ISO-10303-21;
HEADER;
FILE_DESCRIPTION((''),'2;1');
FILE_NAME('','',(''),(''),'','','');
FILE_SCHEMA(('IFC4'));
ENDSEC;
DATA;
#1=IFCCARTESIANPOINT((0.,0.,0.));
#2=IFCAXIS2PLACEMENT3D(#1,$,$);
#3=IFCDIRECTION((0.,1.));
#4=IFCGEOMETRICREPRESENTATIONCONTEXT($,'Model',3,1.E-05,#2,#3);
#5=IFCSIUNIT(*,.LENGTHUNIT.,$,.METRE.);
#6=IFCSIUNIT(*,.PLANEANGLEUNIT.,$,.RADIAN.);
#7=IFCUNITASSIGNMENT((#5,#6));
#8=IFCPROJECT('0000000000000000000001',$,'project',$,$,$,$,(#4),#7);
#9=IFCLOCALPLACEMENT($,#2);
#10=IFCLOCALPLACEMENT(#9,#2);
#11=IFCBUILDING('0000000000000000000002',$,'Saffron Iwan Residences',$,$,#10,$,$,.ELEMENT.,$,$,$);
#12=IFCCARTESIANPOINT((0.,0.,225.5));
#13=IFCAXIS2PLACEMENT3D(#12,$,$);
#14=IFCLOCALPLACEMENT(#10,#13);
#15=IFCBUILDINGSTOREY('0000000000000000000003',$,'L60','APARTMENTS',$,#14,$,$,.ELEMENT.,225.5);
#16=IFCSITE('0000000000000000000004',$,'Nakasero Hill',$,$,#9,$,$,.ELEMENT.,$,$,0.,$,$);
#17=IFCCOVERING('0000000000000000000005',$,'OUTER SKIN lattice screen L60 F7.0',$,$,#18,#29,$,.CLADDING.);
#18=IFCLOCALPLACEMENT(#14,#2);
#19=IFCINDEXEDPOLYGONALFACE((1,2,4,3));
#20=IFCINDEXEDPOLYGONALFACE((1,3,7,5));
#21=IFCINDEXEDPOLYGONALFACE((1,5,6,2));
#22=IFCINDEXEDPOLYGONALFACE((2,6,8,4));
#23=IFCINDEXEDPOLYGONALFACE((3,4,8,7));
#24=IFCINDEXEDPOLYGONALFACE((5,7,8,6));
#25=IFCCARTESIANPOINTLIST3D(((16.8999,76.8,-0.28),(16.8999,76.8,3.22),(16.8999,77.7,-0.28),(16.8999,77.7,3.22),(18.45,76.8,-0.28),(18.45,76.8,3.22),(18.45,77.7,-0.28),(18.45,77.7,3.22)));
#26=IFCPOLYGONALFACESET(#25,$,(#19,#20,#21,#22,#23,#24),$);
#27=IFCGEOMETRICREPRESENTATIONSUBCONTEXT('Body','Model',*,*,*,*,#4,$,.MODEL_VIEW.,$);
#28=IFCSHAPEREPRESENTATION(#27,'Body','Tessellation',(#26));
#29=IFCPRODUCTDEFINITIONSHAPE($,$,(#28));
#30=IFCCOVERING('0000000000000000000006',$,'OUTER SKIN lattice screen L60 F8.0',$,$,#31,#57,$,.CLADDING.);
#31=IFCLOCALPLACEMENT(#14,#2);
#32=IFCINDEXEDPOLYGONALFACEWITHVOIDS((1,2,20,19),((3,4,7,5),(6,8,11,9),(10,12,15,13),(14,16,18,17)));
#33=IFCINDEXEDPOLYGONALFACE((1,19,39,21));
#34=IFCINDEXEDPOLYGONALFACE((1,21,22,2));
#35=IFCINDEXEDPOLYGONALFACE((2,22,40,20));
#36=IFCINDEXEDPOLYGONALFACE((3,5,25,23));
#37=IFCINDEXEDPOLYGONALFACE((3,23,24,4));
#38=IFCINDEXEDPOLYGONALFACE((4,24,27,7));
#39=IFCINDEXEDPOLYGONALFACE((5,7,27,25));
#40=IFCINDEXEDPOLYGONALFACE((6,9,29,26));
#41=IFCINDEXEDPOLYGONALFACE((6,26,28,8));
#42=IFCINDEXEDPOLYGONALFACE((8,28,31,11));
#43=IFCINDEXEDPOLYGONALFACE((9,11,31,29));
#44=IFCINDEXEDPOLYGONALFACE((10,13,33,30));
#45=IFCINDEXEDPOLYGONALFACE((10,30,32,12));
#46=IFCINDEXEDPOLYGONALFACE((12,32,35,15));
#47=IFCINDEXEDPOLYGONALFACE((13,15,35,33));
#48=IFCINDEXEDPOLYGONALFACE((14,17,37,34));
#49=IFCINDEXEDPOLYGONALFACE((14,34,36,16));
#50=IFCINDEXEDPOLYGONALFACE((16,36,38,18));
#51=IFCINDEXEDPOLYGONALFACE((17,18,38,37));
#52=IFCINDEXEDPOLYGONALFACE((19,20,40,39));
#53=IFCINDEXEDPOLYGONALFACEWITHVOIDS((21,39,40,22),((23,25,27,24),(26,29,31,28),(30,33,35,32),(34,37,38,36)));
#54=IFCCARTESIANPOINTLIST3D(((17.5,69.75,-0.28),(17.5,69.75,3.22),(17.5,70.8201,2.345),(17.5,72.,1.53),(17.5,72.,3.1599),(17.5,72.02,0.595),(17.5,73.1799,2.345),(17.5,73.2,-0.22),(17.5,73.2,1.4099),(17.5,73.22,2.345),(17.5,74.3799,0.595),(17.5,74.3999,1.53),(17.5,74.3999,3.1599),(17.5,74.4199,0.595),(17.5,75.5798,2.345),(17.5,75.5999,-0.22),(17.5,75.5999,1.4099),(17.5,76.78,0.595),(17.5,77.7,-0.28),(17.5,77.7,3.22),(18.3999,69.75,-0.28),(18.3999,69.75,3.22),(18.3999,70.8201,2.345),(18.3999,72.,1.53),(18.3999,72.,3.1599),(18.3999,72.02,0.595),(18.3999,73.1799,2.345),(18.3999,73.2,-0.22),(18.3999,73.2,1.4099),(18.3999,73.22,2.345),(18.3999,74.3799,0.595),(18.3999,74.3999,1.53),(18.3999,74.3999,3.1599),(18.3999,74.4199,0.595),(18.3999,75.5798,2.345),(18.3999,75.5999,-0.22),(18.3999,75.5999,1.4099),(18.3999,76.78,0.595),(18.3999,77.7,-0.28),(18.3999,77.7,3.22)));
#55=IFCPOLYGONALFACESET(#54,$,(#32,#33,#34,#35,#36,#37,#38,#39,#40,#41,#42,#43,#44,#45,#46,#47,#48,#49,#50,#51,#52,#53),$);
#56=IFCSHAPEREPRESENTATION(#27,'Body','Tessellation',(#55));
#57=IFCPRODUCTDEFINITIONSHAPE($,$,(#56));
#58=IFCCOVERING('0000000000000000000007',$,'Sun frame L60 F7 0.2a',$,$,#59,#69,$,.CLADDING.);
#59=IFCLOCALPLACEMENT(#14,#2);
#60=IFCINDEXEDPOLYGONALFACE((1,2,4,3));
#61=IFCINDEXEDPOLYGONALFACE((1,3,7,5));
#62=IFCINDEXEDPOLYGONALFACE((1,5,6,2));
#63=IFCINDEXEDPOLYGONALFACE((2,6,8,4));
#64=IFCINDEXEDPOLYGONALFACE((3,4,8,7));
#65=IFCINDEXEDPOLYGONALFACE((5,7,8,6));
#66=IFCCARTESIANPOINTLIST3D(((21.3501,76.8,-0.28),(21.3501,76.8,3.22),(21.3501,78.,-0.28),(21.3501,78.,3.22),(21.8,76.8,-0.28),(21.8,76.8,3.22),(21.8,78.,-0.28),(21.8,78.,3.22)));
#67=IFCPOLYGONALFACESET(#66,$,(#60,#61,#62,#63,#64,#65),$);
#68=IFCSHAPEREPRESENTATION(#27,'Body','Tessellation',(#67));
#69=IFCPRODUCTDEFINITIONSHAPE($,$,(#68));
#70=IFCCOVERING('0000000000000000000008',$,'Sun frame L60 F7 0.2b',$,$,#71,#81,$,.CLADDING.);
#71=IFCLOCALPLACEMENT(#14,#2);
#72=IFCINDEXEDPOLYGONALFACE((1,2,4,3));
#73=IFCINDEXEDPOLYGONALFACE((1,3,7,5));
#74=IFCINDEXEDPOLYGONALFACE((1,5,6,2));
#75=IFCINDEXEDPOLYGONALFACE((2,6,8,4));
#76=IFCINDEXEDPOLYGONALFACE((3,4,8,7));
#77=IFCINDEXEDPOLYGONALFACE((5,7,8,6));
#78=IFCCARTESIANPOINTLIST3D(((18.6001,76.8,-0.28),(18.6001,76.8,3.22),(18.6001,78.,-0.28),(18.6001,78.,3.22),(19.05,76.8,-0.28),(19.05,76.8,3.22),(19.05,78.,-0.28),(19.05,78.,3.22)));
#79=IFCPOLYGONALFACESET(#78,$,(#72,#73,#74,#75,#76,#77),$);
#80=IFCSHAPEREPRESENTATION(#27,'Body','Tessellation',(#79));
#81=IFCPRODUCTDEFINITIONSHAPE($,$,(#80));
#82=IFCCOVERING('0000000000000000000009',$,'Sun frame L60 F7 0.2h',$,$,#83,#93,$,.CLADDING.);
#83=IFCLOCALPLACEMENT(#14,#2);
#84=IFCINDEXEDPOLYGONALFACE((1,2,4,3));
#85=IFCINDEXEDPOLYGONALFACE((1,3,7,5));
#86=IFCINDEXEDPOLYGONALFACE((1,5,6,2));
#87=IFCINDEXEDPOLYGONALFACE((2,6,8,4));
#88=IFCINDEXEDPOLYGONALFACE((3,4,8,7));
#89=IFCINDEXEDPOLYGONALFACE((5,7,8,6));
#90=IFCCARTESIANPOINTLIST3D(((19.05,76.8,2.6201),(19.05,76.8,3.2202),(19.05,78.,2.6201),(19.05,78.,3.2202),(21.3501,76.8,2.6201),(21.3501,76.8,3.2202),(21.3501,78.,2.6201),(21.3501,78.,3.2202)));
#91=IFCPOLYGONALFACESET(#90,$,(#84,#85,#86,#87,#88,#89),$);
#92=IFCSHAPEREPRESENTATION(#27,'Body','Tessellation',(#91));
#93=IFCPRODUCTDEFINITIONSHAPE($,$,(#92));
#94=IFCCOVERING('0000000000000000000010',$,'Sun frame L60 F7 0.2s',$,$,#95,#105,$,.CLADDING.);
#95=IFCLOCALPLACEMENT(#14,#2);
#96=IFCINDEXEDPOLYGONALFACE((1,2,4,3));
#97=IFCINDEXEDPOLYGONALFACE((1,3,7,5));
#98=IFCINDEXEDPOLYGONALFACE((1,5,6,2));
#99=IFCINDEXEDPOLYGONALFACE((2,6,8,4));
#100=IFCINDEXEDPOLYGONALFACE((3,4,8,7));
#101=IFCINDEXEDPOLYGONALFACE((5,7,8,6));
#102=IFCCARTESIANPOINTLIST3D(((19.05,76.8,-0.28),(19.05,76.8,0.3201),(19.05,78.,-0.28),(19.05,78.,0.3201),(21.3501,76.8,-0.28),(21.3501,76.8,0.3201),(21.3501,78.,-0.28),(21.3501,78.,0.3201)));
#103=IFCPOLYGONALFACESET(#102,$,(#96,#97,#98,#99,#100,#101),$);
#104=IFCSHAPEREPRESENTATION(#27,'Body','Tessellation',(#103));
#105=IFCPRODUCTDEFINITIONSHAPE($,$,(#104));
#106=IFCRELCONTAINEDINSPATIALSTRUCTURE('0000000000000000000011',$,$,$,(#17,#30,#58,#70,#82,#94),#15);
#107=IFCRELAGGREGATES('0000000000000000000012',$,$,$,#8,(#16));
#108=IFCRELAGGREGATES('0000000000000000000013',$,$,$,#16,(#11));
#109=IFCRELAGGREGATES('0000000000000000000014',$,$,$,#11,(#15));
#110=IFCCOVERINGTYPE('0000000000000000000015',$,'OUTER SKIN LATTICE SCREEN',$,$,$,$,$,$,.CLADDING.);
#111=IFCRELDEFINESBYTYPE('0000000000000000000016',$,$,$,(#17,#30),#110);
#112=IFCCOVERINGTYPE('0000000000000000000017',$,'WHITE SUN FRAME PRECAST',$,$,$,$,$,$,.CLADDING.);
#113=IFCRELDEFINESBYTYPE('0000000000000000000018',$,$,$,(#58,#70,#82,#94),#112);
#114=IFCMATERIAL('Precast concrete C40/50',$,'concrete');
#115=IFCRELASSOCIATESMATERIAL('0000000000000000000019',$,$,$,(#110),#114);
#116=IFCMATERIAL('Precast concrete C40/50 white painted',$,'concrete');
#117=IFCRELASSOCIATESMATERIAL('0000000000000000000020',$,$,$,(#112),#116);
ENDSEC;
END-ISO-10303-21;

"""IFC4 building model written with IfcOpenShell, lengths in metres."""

from ifc_helpers import new_model, si_unit, direction, frame, origin, place, context, subcontext, project, spatial, polyline, outline, extrude, material, type_object, element, save


model = new_model("IFC4")

# Units and contexts
model_context = context("Model", 3, precision=1e-05, world=origin(), true_north=direction((0.0, 1.0)))
body_context = subcontext(model_context, "Body", "Model", "MODEL_VIEW")
ifc_project = project(units=[si_unit("LENGTHUNIT", "METRE"), si_unit("PLANEANGLEUNIT", "RADIAN")], contexts=[model_context])

# Site, building, storey
site_placement = place(None, origin())
site = spatial("IfcSite", under=ifc_project, at=site_placement, Name="Nakasero Hill", CompositionType="ELEMENT", RefElevation=0.0)
building_placement = place(site_placement, origin())
building = spatial("IfcBuilding", under=site, at=building_placement, Name="Saffron Iwan Residences", CompositionType="ELEMENT")
storey_placement = place(building_placement, frame((0.0, 0.0, 225.5)))
storey = spatial("IfcBuildingStorey", under=building, at=storey_placement, Name="L60", Description="APARTMENTS", CompositionType="ELEMENT", Elevation=225.5)

# Coverings
ifc_material_1 = material(Name="Precast concrete C40/50", Category="concrete")
covering_type_1 = type_object("IfcCoveringType", Name="OUTER SKIN LATTICE SCREEN", PredefinedType="CLADDING", material=ifc_material_1)
covering_1_placement = place(storey_placement, frame((18.45, 76.8, -0.28), z_axis=(0.0, 1.0, 0.0), x_axis=(-1.0, 0.0, 0.0)))
element("IfcCovering", 1, at=covering_1_placement, inside=storey, type_object=covering_type_1, Name="OUTER SKIN lattice screen L60 F7.0", PredefinedType="CLADDING", context=body_context, shape_type="SweptSolid", body=[
    extrude(outline(polyline([(0.0, 0.0), (1.55, 0.0), (1.55, 3.5), (0.0, 3.5), (0.0, 0.0)])), origin(), (0.0, 0.0, 1.0), 0.8999),
])
covering_2_placement = place(storey_placement, frame((18.3999, 77.7, -0.28), z_axis=(-1.0, 0.0, 0.0), x_axis=(0.0, -1.0, 0.0)))
element("IfcCovering", 2, at=covering_2_placement, inside=storey, type_object=covering_type_1, Name="OUTER SKIN lattice screen L60 F8.0", PredefinedType="CLADDING", context=body_context, shape_type="SweptSolid", body=[
    extrude(outline(polyline([(0.0, 0.0), (7.95, 0.0), (7.95, 3.5), (0.0, 3.5), (0.0, 0.0)]), holes=[polyline([(0.9199, 0.875), (2.1001, 0.0601), (3.28, 0.875), (2.1001, 1.6899), (0.9199, 0.875)]), polyline([(3.3201, 0.875), (4.5, 0.0601), (5.6799, 0.875), (4.5, 1.6899), (3.3201, 0.875)]), polyline([(2.1201, 2.625), (3.3, 1.8101), (4.48, 2.625), (3.3, 3.4399), (2.1201, 2.625)]), polyline([(4.52, 2.625), (5.7, 1.8101), (6.8799, 2.625), (5.7, 3.4399), (4.52, 2.625)])]), origin(), (0.0, 0.0, 1.0), 0.8999),
])
ifc_material_2 = material(Name="Precast concrete C40/50 white painted", Category="concrete")
covering_type_2 = type_object("IfcCoveringType", Name="WHITE SUN FRAME PRECAST", PredefinedType="CLADDING", material=ifc_material_2)
for number, where, z_axis, x_axis, name in (
    (3, (21.8, 76.8, -0.28), (0.0, 1.0, 0.0), (-1.0, 0.0, 0.0), "Sun frame L60 F7 0.2a"),
    (4, (19.05, 76.8, -0.28), (0.0, 1.0, 0.0), (-1.0, 0.0, 0.0), "Sun frame L60 F7 0.2b"),
):
    element("IfcCovering", number, at=place(storey_placement, frame(where, z_axis=z_axis, x_axis=x_axis)), inside=storey, type_object=covering_type_2, Name=name, PredefinedType="CLADDING", context=body_context, shape_type="SweptSolid", body=[
        extrude(outline(polyline([(0.0, 0.0), (0.45, 0.0), (0.45, 3.5), (0.0, 3.5), (0.0, 0.0)])), origin(), (0.0, 0.0, 1.0), 1.2),
    ])
for number, where, z_axis, x_axis, name in (
    (5, (21.3501, 76.8, 2.6201), (0.0, 1.0, 0.0), (-1.0, 0.0, 0.0), "Sun frame L60 F7 0.2h"),
    (6, (21.3501, 76.8, -0.28), (0.0, 1.0, 0.0), (-1.0, 0.0, 0.0), "Sun frame L60 F7 0.2s"),
):
    element("IfcCovering", number, at=place(storey_placement, frame(where, z_axis=z_axis, x_axis=x_axis)), inside=storey, type_object=covering_type_2, Name=name, PredefinedType="CLADDING", context=body_context, shape_type="SweptSolid", body=[
        extrude(outline(polyline([(0.0, 0.0), (2.3, 0.0), (2.3, 0.6001), (0.0, 0.6001), (0.0, 0.0)])), origin(), (0.0, 0.0, 1.0), 1.2),
    ])

save(model, "model.ifc")
